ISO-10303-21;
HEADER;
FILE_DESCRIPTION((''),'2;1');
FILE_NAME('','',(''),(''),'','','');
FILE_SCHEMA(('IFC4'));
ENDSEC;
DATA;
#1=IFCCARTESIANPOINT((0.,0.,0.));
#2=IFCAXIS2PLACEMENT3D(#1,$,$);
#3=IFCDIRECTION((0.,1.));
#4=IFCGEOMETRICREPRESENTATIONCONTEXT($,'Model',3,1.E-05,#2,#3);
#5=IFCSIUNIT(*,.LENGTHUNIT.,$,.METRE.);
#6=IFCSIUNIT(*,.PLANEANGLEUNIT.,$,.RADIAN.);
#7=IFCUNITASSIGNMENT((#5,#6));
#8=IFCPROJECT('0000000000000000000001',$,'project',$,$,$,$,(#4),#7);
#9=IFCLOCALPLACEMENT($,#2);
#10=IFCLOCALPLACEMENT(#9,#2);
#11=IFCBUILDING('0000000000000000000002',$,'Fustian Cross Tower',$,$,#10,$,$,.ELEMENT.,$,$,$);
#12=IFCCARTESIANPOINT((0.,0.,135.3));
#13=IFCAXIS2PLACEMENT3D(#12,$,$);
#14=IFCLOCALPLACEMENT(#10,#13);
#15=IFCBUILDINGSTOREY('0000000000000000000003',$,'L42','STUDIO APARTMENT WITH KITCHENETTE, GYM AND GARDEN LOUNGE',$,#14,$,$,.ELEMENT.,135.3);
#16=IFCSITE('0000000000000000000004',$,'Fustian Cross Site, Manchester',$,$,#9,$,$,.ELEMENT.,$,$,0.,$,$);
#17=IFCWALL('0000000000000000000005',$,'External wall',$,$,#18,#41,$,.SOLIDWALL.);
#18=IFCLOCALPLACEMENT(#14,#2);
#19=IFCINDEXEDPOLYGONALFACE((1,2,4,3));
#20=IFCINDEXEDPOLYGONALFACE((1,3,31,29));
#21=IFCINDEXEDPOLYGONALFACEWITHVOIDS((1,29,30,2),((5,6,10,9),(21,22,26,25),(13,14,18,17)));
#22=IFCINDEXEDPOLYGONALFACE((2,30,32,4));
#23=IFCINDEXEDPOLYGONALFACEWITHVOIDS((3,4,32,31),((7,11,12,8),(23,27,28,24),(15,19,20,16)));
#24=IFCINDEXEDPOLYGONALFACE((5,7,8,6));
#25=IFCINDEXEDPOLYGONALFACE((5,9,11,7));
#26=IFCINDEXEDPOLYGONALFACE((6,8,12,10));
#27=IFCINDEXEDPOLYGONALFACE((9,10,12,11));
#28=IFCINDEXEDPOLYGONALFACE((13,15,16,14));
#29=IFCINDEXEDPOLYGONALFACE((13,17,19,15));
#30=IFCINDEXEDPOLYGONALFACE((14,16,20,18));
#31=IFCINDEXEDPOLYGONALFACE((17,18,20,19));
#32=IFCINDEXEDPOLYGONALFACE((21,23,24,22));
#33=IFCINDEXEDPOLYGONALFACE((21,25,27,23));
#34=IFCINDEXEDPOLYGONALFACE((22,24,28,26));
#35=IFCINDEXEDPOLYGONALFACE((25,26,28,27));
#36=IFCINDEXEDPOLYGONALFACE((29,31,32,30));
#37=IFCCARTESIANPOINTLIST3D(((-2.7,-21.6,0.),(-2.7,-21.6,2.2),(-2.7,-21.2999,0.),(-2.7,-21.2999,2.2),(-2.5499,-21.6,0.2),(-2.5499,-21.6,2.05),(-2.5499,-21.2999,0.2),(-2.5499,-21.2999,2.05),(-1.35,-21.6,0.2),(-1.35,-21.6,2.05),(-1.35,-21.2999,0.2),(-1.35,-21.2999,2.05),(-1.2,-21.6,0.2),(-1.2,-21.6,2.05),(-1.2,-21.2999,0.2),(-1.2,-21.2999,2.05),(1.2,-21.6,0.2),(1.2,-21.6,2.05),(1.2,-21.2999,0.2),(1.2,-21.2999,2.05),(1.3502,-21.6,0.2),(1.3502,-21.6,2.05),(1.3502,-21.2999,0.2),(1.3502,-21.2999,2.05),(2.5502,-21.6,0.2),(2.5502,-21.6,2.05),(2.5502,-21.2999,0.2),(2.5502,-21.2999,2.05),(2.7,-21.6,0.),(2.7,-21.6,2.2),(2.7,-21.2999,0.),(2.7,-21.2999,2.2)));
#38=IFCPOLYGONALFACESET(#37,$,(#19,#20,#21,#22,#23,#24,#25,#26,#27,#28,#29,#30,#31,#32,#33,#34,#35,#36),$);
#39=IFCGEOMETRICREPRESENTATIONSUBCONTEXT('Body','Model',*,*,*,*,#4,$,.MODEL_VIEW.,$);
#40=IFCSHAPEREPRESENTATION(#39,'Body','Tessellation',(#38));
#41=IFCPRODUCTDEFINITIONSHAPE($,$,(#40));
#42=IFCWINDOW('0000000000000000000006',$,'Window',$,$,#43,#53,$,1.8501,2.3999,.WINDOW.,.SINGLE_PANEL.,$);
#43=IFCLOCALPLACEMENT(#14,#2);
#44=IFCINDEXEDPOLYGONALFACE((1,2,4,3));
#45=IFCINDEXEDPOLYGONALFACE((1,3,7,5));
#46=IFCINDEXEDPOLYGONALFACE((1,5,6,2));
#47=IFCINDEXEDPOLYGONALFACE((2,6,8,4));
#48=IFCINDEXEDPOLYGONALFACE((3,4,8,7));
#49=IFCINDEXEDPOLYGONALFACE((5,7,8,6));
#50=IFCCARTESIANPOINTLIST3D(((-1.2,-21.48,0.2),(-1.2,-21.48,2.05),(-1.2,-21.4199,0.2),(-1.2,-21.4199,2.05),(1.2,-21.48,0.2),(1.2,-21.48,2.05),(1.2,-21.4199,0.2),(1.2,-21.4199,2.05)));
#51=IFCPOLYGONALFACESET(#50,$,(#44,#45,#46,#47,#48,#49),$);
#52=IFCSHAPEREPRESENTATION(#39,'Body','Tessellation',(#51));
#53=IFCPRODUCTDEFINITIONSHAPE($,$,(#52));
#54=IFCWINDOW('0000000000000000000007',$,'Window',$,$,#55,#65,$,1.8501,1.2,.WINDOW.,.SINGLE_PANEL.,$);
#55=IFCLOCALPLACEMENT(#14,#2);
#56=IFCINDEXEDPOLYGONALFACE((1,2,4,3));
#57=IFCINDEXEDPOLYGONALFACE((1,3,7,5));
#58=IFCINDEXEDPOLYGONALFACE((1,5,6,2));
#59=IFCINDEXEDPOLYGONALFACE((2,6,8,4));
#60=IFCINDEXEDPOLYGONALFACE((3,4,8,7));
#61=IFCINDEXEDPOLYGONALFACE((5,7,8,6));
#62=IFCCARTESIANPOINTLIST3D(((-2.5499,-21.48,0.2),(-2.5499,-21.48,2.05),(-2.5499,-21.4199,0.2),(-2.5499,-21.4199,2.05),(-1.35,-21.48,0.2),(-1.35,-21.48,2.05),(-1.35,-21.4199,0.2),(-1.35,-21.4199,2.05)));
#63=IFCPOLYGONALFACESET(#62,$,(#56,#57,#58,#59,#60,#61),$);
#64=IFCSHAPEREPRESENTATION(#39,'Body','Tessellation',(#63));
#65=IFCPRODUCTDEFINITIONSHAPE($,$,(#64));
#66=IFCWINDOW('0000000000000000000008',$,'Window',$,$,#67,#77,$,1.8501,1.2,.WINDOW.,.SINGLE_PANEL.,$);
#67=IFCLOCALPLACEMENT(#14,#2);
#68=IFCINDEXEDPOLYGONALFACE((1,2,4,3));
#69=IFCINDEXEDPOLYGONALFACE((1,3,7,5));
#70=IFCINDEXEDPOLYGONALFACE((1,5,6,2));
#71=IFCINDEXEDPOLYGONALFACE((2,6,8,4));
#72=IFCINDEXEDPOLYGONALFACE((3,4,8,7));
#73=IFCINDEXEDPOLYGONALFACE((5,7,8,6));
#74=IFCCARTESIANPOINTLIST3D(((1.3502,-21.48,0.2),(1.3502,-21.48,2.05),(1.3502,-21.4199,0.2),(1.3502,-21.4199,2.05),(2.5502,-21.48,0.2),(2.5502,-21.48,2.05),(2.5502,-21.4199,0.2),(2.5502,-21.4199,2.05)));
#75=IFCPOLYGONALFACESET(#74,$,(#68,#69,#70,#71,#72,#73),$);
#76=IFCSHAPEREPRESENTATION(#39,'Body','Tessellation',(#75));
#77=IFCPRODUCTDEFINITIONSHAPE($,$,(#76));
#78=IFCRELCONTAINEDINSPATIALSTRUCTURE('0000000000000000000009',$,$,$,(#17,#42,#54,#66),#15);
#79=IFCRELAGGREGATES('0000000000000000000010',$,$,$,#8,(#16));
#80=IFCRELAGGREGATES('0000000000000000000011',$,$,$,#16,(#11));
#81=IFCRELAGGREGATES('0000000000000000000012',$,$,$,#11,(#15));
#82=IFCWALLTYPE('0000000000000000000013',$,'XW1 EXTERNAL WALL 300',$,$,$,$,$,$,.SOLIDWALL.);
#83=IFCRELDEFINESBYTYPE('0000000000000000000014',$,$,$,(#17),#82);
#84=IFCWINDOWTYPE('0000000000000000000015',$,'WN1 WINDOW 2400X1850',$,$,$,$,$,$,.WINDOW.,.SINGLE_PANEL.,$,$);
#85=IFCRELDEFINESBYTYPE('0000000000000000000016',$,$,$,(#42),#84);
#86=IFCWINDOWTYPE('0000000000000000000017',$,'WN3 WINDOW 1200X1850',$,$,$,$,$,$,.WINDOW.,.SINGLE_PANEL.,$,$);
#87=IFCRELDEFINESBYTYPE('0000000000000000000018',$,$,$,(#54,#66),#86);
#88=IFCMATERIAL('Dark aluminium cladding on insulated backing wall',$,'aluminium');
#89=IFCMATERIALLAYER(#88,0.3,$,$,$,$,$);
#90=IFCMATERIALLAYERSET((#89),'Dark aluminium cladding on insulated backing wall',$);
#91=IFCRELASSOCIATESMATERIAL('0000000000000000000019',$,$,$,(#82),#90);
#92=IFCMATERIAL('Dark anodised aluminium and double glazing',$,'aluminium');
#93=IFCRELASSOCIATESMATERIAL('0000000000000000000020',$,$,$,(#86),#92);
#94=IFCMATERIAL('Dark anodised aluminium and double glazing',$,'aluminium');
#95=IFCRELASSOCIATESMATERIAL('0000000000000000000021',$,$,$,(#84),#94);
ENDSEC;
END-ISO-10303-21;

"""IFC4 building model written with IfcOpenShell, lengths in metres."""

from ifc_helpers import new_model, si_unit, direction, frame, frame_2d, origin, place, context, subcontext, project, spatial, rectangle, extrude, material, layer, layer_set, type_object, element, fill, save


model = new_model("IFC4")

# Units and contexts
model_context = context("Model", 3, precision=1e-05, world=origin(), true_north=direction((0.0, 1.0)))
body_context = subcontext(model_context, "Body", "Model", "MODEL_VIEW")
ifc_project = project(units=[si_unit("LENGTHUNIT", "METRE"), si_unit("PLANEANGLEUNIT", "RADIAN")], contexts=[model_context])

# Site, building, storey
site_placement = place(None, origin())
site = spatial("IfcSite", under=ifc_project, at=site_placement, Name="Fustian Cross Site, Manchester", CompositionType="ELEMENT", RefElevation=0.0)
building_placement = place(site_placement, origin())
building = spatial("IfcBuilding", under=site, at=building_placement, Name="Fustian Cross Tower", CompositionType="ELEMENT")
storey_placement = place(building_placement, frame((0.0, 0.0, 135.3)))
storey = spatial("IfcBuildingStorey", under=building, at=storey_placement, Name="L42", Description="STUDIO APARTMENT WITH KITCHENETTE, GYM AND GARDEN LOUNGE", CompositionType="ELEMENT", Elevation=135.3)

# Shared definitions
ifc_material_1 = material(Name="Dark aluminium cladding on insulated backing wall", Category="aluminium")
ifc_layer_1 = layer(ifc_material_1, 0.3)
ifc_layer_set_1 = layer_set([ifc_layer_1], Name="Dark aluminium cladding on insulated backing wall")
wall_type_1 = type_object("IfcWallType", Name="XW1 EXTERNAL WALL 300", PredefinedType="SOLIDWALL", material=ifc_layer_set_1)
ifc_material_2 = material(Name="Dark anodised aluminium and double glazing", Category="aluminium")
window_type_1 = type_object("IfcWindowType", Name="WN3 WINDOW 1200X1850", PartitioningType="SINGLE_PANEL", PredefinedType="WINDOW", material=ifc_material_2)

# Wall, openings, windows
wall_1_placement = place(storey_placement, frame((-2.7, -21.45, 0.0), z_axis=(0.0, 0.0, 1.0), x_axis=(1.0, 0.0, 0.0)))
wall_1 = element("IfcWall", 1, at=wall_1_placement, inside=storey, type_object=wall_type_1, Name="External wall", PredefinedType="SOLIDWALL", context=body_context, shape_type="SweptSolid", body=[
    extrude(rectangle(XDim=5.3999, YDim=0.3, at=frame_2d((2.7, 0.0))), origin(), (0.0, 0.0, 1.0), 2.2),
])
opening_1_placement = place(wall_1_placement, frame((1.5, 0.0, 0.2)))
opening_1 = element("IfcOpeningElement", 2, at=opening_1_placement, cuts=wall_1, PredefinedType="OPENING", context=body_context, shape_type="SweptSolid", body=[
    extrude(rectangle(XDim=2.3999, YDim=1.8501, at=frame_2d((1.2, 0.925))), frame((0.0, 0.1599, 0.0), z_axis=(0.0, -1.0, 0.0), x_axis=(1.0, 0.0, 0.0)), (0.0, 0.0, 1.0), 0.3201),
])
opening_2_placement = place(wall_1_placement, frame((0.1499, 0.0, 0.2)))
opening_2 = element("IfcOpeningElement", 3, at=opening_2_placement, cuts=wall_1, PredefinedType="OPENING", context=body_context, shape_type="SweptSolid", body=[
    extrude(rectangle(XDim=1.2, YDim=1.8501, at=frame_2d((0.6001, 0.925))), frame((0.0, 0.1599, 0.0), z_axis=(0.0, -1.0, 0.0), x_axis=(1.0, 0.0, 0.0)), (0.0, 0.0, 1.0), 0.3201),
])
opening_3_placement = place(wall_1_placement, frame((4.05, 0.0, 0.2)))
opening_3 = element("IfcOpeningElement", 4, at=opening_3_placement, cuts=wall_1, PredefinedType="OPENING", context=body_context, shape_type="SweptSolid", body=[
    extrude(rectangle(XDim=1.2, YDim=1.8501, at=frame_2d((0.6001, 0.925))), frame((0.0, 0.1599, 0.0), z_axis=(0.0, -1.0, 0.0), x_axis=(1.0, 0.0, 0.0)), (0.0, 0.0, 1.0), 0.3201),
])
ifc_material_3 = material(Name="Dark anodised aluminium and double glazing", Category="aluminium")
window_type_2 = type_object("IfcWindowType", Name="WN1 WINDOW 2400X1850", PartitioningType="SINGLE_PANEL", PredefinedType="WINDOW", material=ifc_material_3)
window_1_placement = place(opening_1_placement, origin())
window_1 = element("IfcWindow", 5, at=window_1_placement, inside=storey, type_object=window_type_2, Name="Window", OverallHeight=1.8501, OverallWidth=2.3999, PartitioningType="SINGLE_PANEL", PredefinedType="WINDOW", context=body_context, shape_type="SweptSolid", body=[
    extrude(rectangle(XDim=2.3999, YDim=1.8501, at=frame_2d((1.2, 0.925))), frame((0.0, 0.03, 0.0), z_axis=(0.0, -1.0, 0.0), x_axis=(1.0, 0.0, 0.0)), (0.0, 0.0, 1.0), 0.0601),
])
fill(opening_1, window_1)
window_2_placement = place(opening_2_placement, origin())
window_2 = element("IfcWindow", 6, at=window_2_placement, inside=storey, type_object=window_type_1, Name="Window", OverallHeight=1.8501, OverallWidth=1.2, PartitioningType="SINGLE_PANEL", PredefinedType="WINDOW", context=body_context, shape_type="SweptSolid", body=[
    extrude(rectangle(XDim=1.2, YDim=1.8501, at=frame_2d((0.6001, 0.925))), frame((0.0, 0.03, 0.0), z_axis=(0.0, -1.0, 0.0), x_axis=(1.0, 0.0, 0.0)), (0.0, 0.0, 1.0), 0.0601),
])
fill(opening_2, window_2)
window_3_placement = place(opening_3_placement, origin())
window_3 = element("IfcWindow", 7, at=window_3_placement, inside=storey, type_object=window_type_1, Name="Window", OverallHeight=1.8501, OverallWidth=1.2, PartitioningType="SINGLE_PANEL", PredefinedType="WINDOW", context=body_context, shape_type="SweptSolid", body=[
    extrude(rectangle(XDim=1.2, YDim=1.8501, at=frame_2d((0.6001, 0.925))), frame((0.0, 0.03, 0.0), z_axis=(0.0, -1.0, 0.0), x_axis=(1.0, 0.0, 0.0)), (0.0, 0.0, 1.0), 0.0601),
])
fill(opening_3, window_3)

save(model, "model.ifc")
